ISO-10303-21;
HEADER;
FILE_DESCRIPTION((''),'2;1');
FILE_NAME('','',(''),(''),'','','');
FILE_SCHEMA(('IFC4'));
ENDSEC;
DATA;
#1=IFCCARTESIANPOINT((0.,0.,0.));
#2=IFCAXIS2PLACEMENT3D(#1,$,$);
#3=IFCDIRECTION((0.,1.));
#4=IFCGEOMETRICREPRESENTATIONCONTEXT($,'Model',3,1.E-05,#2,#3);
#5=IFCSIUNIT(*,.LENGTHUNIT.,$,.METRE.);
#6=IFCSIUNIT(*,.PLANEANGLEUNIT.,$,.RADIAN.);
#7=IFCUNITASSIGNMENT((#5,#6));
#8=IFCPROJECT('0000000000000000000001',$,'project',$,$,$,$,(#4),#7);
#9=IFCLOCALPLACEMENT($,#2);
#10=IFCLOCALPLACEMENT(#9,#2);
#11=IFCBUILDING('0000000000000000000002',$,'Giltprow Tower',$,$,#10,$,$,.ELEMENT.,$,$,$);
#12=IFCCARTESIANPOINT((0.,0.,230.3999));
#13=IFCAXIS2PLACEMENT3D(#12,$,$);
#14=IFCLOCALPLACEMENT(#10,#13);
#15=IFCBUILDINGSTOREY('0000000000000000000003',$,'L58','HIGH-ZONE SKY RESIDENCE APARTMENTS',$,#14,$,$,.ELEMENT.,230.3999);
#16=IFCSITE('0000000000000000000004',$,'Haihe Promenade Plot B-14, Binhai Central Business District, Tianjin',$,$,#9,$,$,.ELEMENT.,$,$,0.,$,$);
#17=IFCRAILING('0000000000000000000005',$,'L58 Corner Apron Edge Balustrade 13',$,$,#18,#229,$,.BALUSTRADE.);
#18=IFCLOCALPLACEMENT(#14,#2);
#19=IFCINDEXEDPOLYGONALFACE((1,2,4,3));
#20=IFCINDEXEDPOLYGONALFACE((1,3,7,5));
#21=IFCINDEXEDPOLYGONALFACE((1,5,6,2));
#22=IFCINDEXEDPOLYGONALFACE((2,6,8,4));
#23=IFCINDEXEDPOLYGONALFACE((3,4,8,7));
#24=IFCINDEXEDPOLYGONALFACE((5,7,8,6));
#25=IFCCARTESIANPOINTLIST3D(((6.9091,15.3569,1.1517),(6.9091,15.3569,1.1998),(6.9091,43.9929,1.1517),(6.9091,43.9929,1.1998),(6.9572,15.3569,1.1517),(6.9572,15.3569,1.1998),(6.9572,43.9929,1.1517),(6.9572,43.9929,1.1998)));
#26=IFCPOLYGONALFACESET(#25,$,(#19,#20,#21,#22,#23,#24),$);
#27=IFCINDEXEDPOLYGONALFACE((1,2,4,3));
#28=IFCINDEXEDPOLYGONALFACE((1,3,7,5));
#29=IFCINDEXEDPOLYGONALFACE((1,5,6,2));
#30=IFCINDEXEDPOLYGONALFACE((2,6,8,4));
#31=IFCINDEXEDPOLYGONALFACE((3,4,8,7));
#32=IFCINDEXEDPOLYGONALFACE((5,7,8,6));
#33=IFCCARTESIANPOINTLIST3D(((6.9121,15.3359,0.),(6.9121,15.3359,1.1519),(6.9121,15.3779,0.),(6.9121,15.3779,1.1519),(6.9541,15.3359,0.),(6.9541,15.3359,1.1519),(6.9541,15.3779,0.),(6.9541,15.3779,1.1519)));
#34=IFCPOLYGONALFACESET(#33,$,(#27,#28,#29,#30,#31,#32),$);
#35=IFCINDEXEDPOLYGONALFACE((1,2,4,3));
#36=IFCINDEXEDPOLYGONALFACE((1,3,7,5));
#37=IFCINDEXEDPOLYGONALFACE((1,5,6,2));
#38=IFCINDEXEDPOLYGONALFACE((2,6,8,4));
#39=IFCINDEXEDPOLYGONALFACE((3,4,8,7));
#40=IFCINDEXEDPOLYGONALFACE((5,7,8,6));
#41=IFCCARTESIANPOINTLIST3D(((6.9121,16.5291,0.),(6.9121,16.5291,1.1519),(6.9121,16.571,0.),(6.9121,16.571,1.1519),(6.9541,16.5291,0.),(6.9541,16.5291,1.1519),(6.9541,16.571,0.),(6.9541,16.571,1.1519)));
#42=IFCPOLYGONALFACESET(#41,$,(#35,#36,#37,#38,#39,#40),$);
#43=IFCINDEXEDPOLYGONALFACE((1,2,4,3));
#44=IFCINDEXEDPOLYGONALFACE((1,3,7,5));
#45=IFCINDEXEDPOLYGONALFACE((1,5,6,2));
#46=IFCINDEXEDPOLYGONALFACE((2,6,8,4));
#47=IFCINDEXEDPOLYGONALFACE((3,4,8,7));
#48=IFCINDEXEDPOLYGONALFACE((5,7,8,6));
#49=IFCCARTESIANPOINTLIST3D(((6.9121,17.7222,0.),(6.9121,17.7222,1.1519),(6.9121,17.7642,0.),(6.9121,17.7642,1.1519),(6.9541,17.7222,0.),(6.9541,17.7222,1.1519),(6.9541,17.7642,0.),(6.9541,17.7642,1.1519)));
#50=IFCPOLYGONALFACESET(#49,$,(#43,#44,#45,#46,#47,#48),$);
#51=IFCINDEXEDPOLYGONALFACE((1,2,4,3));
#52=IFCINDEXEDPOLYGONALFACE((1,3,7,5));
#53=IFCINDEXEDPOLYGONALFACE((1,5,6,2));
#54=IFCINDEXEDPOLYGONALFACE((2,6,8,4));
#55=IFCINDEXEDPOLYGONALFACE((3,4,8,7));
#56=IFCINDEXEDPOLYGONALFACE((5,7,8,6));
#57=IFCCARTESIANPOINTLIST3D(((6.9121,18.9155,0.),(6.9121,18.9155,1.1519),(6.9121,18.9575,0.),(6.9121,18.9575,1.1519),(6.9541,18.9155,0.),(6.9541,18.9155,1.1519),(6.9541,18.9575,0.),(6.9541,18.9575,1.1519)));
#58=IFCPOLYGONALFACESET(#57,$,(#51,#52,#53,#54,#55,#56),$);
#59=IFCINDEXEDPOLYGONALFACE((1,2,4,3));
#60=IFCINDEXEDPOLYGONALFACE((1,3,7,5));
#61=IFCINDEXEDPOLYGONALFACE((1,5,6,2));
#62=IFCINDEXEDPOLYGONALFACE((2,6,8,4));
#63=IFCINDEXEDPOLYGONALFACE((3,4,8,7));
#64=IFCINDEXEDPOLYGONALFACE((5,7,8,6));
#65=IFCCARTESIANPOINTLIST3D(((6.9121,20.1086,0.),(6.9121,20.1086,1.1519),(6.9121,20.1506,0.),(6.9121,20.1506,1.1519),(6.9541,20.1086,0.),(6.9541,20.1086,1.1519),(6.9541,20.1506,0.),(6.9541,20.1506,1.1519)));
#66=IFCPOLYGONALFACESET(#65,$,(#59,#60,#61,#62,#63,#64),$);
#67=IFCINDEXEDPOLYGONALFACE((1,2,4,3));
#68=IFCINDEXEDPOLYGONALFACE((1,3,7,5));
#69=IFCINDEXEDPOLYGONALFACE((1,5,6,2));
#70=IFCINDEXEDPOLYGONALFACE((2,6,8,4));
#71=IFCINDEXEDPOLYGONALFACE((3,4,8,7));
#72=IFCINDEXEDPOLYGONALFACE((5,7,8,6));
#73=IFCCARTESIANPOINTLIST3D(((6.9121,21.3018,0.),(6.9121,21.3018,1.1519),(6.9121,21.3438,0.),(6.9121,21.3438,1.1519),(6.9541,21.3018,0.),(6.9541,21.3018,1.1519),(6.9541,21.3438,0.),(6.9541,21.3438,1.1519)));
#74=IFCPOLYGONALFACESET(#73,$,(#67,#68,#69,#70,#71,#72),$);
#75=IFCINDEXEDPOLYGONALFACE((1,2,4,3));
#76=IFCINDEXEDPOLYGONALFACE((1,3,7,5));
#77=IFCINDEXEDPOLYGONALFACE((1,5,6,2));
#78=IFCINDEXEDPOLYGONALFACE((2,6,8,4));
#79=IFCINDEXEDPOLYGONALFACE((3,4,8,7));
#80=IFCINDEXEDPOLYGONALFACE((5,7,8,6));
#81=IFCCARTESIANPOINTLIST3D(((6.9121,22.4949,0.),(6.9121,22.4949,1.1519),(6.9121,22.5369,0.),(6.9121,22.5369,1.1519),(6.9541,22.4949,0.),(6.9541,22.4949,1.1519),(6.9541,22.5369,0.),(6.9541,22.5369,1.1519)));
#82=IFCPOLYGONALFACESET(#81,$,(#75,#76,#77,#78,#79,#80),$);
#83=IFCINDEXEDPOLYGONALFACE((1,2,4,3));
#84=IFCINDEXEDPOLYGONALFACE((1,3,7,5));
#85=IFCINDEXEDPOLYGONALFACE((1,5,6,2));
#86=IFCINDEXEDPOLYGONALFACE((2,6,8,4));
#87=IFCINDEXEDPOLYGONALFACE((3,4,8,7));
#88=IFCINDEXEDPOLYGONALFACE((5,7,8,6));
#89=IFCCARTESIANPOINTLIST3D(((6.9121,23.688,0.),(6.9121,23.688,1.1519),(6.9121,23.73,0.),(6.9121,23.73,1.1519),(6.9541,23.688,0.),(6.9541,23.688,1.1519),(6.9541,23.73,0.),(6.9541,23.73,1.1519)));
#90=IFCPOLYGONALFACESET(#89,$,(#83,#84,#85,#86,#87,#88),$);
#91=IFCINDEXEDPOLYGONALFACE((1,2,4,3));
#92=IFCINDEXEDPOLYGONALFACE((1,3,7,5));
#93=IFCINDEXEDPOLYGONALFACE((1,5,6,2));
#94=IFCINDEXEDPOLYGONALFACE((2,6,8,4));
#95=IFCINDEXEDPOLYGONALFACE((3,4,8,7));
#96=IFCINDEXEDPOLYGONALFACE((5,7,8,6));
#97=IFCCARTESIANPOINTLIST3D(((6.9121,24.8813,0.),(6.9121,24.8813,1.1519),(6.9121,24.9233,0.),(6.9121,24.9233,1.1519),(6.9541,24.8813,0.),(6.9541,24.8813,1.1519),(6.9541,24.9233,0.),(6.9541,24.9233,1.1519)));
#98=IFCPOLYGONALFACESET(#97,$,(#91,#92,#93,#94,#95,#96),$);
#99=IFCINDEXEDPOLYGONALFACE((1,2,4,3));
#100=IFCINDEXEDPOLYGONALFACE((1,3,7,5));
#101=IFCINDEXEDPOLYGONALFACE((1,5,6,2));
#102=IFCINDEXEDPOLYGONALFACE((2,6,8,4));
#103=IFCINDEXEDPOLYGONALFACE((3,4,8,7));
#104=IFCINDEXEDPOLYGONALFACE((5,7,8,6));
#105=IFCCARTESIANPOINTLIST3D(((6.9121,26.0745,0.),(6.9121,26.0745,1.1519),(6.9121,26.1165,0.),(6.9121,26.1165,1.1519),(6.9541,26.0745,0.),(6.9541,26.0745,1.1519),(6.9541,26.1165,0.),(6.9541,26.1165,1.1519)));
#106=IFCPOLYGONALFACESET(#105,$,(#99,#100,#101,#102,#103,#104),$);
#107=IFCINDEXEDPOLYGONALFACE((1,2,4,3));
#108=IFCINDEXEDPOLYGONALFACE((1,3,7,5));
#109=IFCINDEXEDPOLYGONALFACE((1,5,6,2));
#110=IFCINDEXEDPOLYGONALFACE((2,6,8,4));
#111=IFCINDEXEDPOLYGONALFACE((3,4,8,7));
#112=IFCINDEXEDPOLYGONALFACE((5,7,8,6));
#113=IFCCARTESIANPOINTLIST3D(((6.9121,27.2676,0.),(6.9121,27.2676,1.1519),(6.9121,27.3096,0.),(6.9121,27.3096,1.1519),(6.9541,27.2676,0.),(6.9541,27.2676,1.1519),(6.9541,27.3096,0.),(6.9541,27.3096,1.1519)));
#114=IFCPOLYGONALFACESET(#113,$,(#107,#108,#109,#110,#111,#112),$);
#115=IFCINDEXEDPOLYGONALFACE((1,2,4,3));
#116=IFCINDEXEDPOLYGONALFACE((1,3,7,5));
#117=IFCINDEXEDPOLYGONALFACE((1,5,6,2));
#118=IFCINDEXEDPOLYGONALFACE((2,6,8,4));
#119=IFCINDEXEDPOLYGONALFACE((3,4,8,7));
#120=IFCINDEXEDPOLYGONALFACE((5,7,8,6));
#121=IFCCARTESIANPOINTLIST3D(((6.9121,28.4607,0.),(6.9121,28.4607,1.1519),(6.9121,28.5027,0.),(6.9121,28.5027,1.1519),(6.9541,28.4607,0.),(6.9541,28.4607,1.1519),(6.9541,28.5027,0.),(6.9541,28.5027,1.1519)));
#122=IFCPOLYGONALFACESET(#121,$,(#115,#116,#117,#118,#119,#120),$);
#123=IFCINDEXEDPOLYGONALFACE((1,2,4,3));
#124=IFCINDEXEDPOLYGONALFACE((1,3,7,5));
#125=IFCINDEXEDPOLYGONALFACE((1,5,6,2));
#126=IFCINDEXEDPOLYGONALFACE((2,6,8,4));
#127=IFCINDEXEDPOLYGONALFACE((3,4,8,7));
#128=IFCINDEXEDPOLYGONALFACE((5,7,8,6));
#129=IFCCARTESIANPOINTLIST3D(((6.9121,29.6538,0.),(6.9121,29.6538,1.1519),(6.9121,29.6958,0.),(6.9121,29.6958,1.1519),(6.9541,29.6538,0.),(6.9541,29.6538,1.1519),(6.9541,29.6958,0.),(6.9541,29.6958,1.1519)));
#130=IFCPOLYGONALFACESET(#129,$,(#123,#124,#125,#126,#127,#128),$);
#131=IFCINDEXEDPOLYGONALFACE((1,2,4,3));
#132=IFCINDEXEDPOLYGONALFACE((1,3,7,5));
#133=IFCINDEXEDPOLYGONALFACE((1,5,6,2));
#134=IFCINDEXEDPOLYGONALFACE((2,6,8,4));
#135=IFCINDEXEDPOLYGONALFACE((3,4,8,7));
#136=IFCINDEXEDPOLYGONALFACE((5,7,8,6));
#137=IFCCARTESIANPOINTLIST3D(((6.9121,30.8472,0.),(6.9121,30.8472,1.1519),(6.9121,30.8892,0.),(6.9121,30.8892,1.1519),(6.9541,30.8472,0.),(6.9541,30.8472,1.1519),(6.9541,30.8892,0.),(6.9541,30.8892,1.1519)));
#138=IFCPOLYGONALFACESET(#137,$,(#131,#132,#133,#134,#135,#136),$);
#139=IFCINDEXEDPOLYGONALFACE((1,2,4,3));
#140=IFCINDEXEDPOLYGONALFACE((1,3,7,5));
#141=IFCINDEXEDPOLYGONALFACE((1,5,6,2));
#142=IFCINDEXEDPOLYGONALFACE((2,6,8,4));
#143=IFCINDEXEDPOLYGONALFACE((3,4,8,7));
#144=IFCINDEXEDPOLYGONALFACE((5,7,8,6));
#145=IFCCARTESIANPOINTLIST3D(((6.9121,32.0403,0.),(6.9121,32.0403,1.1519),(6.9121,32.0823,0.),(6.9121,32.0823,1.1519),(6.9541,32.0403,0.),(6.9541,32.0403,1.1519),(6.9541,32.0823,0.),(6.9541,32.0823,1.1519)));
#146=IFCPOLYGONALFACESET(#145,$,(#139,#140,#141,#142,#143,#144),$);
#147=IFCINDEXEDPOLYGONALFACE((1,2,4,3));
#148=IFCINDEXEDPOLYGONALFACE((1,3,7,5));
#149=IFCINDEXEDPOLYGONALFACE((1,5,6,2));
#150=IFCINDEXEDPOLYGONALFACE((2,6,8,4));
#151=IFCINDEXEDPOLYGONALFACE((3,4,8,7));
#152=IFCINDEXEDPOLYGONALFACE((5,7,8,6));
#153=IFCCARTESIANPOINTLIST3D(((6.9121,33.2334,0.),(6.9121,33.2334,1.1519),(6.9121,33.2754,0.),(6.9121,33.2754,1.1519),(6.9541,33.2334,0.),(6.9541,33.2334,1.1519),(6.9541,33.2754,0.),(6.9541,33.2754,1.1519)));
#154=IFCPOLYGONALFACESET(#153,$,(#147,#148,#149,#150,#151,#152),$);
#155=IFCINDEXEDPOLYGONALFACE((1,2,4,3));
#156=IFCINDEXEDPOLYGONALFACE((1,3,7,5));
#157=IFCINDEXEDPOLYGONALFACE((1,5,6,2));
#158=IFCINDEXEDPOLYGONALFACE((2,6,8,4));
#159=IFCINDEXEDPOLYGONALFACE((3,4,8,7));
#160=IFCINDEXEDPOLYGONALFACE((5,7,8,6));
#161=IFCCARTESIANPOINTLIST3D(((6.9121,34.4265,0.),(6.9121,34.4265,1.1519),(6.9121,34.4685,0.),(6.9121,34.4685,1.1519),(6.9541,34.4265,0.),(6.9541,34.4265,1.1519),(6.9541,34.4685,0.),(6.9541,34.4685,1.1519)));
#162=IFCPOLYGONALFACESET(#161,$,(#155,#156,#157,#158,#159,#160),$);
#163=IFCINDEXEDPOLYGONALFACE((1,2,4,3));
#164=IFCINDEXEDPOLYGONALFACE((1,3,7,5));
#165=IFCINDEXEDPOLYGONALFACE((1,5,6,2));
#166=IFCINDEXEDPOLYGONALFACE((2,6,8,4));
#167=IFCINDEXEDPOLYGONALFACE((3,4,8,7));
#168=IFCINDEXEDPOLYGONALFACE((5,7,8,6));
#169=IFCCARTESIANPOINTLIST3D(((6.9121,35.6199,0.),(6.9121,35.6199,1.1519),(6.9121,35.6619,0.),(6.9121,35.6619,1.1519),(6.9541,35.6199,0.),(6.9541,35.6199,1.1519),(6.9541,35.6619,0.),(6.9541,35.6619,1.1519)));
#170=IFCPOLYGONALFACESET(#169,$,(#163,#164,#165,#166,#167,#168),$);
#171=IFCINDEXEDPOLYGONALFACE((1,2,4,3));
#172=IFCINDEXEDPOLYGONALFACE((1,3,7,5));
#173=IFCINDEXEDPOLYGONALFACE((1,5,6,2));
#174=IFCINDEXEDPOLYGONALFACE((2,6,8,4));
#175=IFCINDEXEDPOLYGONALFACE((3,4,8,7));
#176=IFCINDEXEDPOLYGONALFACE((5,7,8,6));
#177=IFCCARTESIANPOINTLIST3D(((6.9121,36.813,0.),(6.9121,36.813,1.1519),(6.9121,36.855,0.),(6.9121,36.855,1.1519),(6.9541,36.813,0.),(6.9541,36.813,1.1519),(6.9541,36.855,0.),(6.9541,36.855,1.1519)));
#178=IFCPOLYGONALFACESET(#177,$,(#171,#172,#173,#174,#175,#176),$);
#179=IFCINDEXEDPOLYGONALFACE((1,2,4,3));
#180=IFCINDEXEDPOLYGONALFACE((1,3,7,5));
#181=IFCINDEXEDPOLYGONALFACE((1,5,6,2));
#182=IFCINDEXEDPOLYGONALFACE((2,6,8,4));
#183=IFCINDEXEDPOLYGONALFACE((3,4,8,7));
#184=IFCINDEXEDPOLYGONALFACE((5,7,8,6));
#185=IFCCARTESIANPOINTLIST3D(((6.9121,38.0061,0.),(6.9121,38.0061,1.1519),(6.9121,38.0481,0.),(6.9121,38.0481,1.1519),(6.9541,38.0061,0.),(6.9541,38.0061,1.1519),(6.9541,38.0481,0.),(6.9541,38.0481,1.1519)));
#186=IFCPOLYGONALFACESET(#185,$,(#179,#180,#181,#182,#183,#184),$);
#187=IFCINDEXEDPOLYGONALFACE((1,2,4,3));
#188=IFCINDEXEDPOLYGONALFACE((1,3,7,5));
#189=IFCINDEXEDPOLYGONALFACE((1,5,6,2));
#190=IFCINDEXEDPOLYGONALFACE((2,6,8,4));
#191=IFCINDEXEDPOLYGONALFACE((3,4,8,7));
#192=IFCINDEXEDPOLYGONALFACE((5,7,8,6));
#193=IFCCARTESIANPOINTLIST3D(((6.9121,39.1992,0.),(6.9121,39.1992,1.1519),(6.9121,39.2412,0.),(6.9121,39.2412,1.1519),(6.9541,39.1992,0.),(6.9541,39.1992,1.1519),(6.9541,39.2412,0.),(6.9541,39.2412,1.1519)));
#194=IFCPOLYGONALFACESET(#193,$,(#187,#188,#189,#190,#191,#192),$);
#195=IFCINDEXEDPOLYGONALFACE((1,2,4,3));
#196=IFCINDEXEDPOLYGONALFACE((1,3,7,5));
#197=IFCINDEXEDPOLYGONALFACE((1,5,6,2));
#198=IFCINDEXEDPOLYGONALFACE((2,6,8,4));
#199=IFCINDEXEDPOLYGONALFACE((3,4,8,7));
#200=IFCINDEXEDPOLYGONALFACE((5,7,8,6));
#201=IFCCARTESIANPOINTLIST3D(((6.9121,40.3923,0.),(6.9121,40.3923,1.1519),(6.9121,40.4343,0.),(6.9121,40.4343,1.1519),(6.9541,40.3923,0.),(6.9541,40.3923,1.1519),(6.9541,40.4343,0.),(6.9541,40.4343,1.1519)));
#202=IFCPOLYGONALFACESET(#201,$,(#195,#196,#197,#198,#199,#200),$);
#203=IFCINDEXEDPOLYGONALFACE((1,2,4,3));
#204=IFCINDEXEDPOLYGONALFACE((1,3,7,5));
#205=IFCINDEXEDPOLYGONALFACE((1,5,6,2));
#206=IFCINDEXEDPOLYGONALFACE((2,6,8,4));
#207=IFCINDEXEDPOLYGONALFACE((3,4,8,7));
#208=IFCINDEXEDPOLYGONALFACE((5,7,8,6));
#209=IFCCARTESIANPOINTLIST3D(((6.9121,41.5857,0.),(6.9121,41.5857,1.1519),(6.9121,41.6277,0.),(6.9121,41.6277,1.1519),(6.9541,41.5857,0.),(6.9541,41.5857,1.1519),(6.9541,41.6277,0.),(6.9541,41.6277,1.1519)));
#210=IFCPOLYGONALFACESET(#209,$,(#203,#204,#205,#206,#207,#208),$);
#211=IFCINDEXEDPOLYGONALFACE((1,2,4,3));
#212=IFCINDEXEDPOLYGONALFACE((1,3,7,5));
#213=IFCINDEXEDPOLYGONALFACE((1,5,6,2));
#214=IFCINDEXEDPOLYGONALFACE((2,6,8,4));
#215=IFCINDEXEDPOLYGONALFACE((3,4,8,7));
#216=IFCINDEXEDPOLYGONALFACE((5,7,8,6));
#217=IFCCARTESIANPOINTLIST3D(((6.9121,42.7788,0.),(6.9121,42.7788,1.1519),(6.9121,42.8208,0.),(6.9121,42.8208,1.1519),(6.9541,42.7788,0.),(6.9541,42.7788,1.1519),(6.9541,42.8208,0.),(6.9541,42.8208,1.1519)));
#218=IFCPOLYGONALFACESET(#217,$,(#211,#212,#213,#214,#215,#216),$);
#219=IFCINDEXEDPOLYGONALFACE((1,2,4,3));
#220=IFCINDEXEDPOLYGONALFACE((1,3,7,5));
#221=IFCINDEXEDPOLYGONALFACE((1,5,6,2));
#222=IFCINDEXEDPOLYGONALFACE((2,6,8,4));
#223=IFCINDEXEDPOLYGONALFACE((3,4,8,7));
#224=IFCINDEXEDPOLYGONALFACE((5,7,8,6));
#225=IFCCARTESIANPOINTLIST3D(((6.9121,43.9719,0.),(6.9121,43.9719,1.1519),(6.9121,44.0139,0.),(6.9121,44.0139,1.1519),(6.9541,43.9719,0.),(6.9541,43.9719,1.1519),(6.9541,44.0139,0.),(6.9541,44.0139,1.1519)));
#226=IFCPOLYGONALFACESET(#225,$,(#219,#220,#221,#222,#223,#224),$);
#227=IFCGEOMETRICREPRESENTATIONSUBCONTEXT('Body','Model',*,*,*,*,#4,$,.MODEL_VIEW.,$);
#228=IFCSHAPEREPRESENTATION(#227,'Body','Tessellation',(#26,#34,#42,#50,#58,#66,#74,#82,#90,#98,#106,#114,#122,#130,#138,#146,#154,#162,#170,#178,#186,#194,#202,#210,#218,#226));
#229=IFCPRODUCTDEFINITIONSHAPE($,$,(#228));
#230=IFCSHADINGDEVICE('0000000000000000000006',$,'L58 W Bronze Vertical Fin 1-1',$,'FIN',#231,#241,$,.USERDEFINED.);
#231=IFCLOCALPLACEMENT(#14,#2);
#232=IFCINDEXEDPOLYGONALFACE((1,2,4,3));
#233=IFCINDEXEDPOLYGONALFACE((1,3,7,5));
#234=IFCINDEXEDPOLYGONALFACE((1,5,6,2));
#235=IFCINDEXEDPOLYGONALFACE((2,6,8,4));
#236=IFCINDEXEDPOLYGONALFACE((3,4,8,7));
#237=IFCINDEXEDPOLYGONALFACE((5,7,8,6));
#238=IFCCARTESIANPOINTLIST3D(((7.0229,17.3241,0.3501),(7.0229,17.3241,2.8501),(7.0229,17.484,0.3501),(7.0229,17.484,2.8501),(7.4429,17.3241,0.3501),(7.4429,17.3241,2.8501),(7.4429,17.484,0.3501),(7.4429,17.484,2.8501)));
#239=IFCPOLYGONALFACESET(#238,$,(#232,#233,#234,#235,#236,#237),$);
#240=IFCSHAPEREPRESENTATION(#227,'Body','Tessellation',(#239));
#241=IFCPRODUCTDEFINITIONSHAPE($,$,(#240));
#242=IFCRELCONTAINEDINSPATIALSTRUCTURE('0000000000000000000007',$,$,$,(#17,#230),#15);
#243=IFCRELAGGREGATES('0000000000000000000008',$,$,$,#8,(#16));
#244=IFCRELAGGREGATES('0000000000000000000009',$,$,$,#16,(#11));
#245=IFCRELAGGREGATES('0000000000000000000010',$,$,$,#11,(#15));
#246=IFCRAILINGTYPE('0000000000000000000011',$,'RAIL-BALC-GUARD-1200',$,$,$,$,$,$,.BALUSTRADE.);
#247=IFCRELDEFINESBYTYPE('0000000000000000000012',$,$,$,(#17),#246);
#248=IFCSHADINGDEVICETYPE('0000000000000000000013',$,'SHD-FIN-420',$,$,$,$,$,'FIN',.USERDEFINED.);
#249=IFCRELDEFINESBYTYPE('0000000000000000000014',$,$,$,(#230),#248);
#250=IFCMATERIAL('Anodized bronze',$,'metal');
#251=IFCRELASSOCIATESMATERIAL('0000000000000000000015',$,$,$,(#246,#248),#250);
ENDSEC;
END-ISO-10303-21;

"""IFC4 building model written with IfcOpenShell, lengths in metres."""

from ifc_helpers import new_model, si_unit, direction, frame, origin, origin_2d, place, context, subcontext, project, spatial, rectangle, extrude, source, transform, mapped, material, type_object, element, save


model = new_model("IFC4")

# Units and contexts
model_context = context("Model", 3, precision=1e-05, world=origin(), true_north=direction((0.0, 1.0)))
body_context = subcontext(model_context, "Body", "Model", "MODEL_VIEW")
ifc_project = project(units=[si_unit("LENGTHUNIT", "METRE"), si_unit("PLANEANGLEUNIT", "RADIAN")], contexts=[model_context])

# Site, building, storey
site_placement = place(None, origin())
site = spatial("IfcSite", under=ifc_project, at=site_placement, Name="Haihe Promenade Plot B-14, Binhai Central Business District, Tianjin", CompositionType="ELEMENT", RefElevation=0.0)
building_placement = place(site_placement, origin())
building = spatial("IfcBuilding", under=site, at=building_placement, Name="Giltprow Tower", CompositionType="ELEMENT")
storey_placement = place(building_placement, frame((0.0, 0.0, 230.3999)))
storey = spatial("IfcBuildingStorey", under=building, at=storey_placement, Name="L58", Description="HIGH-ZONE SKY RESIDENCE APARTMENTS", CompositionType="ELEMENT", Elevation=230.3999)

# Shared definitions
ifc_material_1 = material(Name="Anodized bronze", Category="metal")

# Railing
railing_type = type_object("IfcRailingType", Name="RAIL-BALC-GUARD-1200", PredefinedType="BALUSTRADE", material=ifc_material_1)
railing_1_placement = place(storey_placement, frame((6.9331, 15.3569, 0.0)))
element("IfcRailing", 1, at=railing_1_placement, inside=storey, type_object=railing_type, Name="L58 Corner Apron Edge Balustrade 13", PredefinedType="BALUSTRADE", context=body_context, shape_type="SweptSolid", body=[
    extrude(rectangle(XDim=0.0481, YDim=0.0481, at=origin_2d()), frame((0.0, 0.0, 1.1758), z_axis=(0.0, 1.0, 0.0), x_axis=(-1.0, 0.0, 0.0)), (0.0, 0.0, 1.0), 28.636),
    extrude(rectangle(XDim=0.042, YDim=0.042, at=origin_2d()), origin(), (0.0, 0.0, 1.0), 1.1519),
    extrude(rectangle(XDim=0.042, YDim=0.042, at=origin_2d()), frame((0.0, 1.1931, 0.0)), (0.0, 0.0, 1.0), 1.1519),
    extrude(rectangle(XDim=0.042, YDim=0.042, at=origin_2d()), frame((0.0, 2.3862, 0.0)), (0.0, 0.0, 1.0), 1.1519),
    extrude(rectangle(XDim=0.042, YDim=0.042, at=origin_2d()), frame((0.0, 3.5796, 0.0)), (0.0, 0.0, 1.0), 1.1519),
    extrude(rectangle(XDim=0.042, YDim=0.042, at=origin_2d()), frame((0.0, 4.7727, 0.0)), (0.0, 0.0, 1.0), 1.1519),
    extrude(rectangle(XDim=0.042, YDim=0.042, at=origin_2d()), frame((0.0, 5.9658, 0.0)), (0.0, 0.0, 1.0), 1.1519),
    extrude(rectangle(XDim=0.042, YDim=0.042, at=origin_2d()), frame((0.0, 7.1589, 0.0)), (0.0, 0.0, 1.0), 1.1519),
    extrude(rectangle(XDim=0.042, YDim=0.042, at=origin_2d()), frame((0.0, 8.3521, 0.0)), (0.0, 0.0, 1.0), 1.1519),
    extrude(rectangle(XDim=0.042, YDim=0.042, at=origin_2d()), frame((0.0, 9.5454, 0.0)), (0.0, 0.0, 1.0), 1.1519),
    extrude(rectangle(XDim=0.042, YDim=0.042, at=origin_2d()), frame((0.0, 10.7385, 0.0)), (0.0, 0.0, 1.0), 1.1519),
    extrude(rectangle(XDim=0.042, YDim=0.042, at=origin_2d()), frame((0.0, 11.9316, 0.0)), (0.0, 0.0, 1.0), 1.1519),
    extrude(rectangle(XDim=0.042, YDim=0.042, at=origin_2d()), frame((0.0, 13.1248, 0.0)), (0.0, 0.0, 1.0), 1.1519),
    extrude(rectangle(XDim=0.042, YDim=0.042, at=origin_2d()), frame((0.0, 14.3179, 0.0)), (0.0, 0.0, 1.0), 1.1519),
    extrude(rectangle(XDim=0.042, YDim=0.042, at=origin_2d()), frame((0.0, 15.5112, 0.0)), (0.0, 0.0, 1.0), 1.1519),
    extrude(rectangle(XDim=0.042, YDim=0.042, at=origin_2d()), frame((0.0, 16.7043, 0.0)), (0.0, 0.0, 1.0), 1.1519),
    extrude(rectangle(XDim=0.042, YDim=0.042, at=origin_2d()), frame((0.0, 17.8975, 0.0)), (0.0, 0.0, 1.0), 1.1519),
    extrude(rectangle(XDim=0.042, YDim=0.042, at=origin_2d()), frame((0.0, 19.0906, 0.0)), (0.0, 0.0, 1.0), 1.1519),
    extrude(rectangle(XDim=0.042, YDim=0.042, at=origin_2d()), frame((0.0, 20.2839, 0.0)), (0.0, 0.0, 1.0), 1.1519),
    extrude(rectangle(XDim=0.042, YDim=0.042, at=origin_2d()), frame((0.0, 21.4771, 0.0)), (0.0, 0.0, 1.0), 1.1519),
    extrude(rectangle(XDim=0.042, YDim=0.042, at=origin_2d()), frame((0.0, 22.6702, 0.0)), (0.0, 0.0, 1.0), 1.1519),
    extrude(rectangle(XDim=0.042, YDim=0.042, at=origin_2d()), frame((0.0, 23.8633, 0.0)), (0.0, 0.0, 1.0), 1.1519),
    extrude(rectangle(XDim=0.042, YDim=0.042, at=origin_2d()), frame((0.0, 25.0564, 0.0)), (0.0, 0.0, 1.0), 1.1519),
    extrude(rectangle(XDim=0.042, YDim=0.042, at=origin_2d()), frame((0.0, 26.2498, 0.0)), (0.0, 0.0, 1.0), 1.1519),
    extrude(rectangle(XDim=0.042, YDim=0.042, at=origin_2d()), frame((0.0, 27.4429, 0.0)), (0.0, 0.0, 1.0), 1.1519),
    extrude(rectangle(XDim=0.042, YDim=0.042, at=origin_2d()), frame((0.0, 28.636, 0.0)), (0.0, 0.0, 1.0), 1.1519),
])

# Shading device
shading_device_type = type_object("IfcShadingDeviceType", Name="SHD-FIN-420", ElementType="FIN", PredefinedType="USERDEFINED", material=ifc_material_1)
shared_shape_1 = source(origin(), body_context, "Body", "SweptSolid", [
    extrude(rectangle(XDim=0.4199, YDim=0.1599, at=origin_2d()), origin(), (0.0, 0.0, 1.0), 2.5),
])
shading_device_placement = place(storey_placement, frame((7.2329, 17.4041, 0.3501), z_axis=(0.0, 0.0, 1.0), x_axis=(1.0, 0.0, 0.0)))
element("IfcShadingDevice", 2, at=shading_device_placement, inside=storey, type_object=shading_device_type, Name="L58 W Bronze Vertical Fin 1-1", ObjectType="FIN", PredefinedType="USERDEFINED", context=body_context, shape_type="MappedRepresentation", body=[
    mapped(shared_shape_1, transform((0.0, 0.0, 0.0), x_axis=(1.0, 0.0, 0.0), y_axis=(0.0, 1.0, 0.0), z_axis=(0.0, 0.0, 1.0), scale=1.0)),
])

save(model, "model.ifc")
